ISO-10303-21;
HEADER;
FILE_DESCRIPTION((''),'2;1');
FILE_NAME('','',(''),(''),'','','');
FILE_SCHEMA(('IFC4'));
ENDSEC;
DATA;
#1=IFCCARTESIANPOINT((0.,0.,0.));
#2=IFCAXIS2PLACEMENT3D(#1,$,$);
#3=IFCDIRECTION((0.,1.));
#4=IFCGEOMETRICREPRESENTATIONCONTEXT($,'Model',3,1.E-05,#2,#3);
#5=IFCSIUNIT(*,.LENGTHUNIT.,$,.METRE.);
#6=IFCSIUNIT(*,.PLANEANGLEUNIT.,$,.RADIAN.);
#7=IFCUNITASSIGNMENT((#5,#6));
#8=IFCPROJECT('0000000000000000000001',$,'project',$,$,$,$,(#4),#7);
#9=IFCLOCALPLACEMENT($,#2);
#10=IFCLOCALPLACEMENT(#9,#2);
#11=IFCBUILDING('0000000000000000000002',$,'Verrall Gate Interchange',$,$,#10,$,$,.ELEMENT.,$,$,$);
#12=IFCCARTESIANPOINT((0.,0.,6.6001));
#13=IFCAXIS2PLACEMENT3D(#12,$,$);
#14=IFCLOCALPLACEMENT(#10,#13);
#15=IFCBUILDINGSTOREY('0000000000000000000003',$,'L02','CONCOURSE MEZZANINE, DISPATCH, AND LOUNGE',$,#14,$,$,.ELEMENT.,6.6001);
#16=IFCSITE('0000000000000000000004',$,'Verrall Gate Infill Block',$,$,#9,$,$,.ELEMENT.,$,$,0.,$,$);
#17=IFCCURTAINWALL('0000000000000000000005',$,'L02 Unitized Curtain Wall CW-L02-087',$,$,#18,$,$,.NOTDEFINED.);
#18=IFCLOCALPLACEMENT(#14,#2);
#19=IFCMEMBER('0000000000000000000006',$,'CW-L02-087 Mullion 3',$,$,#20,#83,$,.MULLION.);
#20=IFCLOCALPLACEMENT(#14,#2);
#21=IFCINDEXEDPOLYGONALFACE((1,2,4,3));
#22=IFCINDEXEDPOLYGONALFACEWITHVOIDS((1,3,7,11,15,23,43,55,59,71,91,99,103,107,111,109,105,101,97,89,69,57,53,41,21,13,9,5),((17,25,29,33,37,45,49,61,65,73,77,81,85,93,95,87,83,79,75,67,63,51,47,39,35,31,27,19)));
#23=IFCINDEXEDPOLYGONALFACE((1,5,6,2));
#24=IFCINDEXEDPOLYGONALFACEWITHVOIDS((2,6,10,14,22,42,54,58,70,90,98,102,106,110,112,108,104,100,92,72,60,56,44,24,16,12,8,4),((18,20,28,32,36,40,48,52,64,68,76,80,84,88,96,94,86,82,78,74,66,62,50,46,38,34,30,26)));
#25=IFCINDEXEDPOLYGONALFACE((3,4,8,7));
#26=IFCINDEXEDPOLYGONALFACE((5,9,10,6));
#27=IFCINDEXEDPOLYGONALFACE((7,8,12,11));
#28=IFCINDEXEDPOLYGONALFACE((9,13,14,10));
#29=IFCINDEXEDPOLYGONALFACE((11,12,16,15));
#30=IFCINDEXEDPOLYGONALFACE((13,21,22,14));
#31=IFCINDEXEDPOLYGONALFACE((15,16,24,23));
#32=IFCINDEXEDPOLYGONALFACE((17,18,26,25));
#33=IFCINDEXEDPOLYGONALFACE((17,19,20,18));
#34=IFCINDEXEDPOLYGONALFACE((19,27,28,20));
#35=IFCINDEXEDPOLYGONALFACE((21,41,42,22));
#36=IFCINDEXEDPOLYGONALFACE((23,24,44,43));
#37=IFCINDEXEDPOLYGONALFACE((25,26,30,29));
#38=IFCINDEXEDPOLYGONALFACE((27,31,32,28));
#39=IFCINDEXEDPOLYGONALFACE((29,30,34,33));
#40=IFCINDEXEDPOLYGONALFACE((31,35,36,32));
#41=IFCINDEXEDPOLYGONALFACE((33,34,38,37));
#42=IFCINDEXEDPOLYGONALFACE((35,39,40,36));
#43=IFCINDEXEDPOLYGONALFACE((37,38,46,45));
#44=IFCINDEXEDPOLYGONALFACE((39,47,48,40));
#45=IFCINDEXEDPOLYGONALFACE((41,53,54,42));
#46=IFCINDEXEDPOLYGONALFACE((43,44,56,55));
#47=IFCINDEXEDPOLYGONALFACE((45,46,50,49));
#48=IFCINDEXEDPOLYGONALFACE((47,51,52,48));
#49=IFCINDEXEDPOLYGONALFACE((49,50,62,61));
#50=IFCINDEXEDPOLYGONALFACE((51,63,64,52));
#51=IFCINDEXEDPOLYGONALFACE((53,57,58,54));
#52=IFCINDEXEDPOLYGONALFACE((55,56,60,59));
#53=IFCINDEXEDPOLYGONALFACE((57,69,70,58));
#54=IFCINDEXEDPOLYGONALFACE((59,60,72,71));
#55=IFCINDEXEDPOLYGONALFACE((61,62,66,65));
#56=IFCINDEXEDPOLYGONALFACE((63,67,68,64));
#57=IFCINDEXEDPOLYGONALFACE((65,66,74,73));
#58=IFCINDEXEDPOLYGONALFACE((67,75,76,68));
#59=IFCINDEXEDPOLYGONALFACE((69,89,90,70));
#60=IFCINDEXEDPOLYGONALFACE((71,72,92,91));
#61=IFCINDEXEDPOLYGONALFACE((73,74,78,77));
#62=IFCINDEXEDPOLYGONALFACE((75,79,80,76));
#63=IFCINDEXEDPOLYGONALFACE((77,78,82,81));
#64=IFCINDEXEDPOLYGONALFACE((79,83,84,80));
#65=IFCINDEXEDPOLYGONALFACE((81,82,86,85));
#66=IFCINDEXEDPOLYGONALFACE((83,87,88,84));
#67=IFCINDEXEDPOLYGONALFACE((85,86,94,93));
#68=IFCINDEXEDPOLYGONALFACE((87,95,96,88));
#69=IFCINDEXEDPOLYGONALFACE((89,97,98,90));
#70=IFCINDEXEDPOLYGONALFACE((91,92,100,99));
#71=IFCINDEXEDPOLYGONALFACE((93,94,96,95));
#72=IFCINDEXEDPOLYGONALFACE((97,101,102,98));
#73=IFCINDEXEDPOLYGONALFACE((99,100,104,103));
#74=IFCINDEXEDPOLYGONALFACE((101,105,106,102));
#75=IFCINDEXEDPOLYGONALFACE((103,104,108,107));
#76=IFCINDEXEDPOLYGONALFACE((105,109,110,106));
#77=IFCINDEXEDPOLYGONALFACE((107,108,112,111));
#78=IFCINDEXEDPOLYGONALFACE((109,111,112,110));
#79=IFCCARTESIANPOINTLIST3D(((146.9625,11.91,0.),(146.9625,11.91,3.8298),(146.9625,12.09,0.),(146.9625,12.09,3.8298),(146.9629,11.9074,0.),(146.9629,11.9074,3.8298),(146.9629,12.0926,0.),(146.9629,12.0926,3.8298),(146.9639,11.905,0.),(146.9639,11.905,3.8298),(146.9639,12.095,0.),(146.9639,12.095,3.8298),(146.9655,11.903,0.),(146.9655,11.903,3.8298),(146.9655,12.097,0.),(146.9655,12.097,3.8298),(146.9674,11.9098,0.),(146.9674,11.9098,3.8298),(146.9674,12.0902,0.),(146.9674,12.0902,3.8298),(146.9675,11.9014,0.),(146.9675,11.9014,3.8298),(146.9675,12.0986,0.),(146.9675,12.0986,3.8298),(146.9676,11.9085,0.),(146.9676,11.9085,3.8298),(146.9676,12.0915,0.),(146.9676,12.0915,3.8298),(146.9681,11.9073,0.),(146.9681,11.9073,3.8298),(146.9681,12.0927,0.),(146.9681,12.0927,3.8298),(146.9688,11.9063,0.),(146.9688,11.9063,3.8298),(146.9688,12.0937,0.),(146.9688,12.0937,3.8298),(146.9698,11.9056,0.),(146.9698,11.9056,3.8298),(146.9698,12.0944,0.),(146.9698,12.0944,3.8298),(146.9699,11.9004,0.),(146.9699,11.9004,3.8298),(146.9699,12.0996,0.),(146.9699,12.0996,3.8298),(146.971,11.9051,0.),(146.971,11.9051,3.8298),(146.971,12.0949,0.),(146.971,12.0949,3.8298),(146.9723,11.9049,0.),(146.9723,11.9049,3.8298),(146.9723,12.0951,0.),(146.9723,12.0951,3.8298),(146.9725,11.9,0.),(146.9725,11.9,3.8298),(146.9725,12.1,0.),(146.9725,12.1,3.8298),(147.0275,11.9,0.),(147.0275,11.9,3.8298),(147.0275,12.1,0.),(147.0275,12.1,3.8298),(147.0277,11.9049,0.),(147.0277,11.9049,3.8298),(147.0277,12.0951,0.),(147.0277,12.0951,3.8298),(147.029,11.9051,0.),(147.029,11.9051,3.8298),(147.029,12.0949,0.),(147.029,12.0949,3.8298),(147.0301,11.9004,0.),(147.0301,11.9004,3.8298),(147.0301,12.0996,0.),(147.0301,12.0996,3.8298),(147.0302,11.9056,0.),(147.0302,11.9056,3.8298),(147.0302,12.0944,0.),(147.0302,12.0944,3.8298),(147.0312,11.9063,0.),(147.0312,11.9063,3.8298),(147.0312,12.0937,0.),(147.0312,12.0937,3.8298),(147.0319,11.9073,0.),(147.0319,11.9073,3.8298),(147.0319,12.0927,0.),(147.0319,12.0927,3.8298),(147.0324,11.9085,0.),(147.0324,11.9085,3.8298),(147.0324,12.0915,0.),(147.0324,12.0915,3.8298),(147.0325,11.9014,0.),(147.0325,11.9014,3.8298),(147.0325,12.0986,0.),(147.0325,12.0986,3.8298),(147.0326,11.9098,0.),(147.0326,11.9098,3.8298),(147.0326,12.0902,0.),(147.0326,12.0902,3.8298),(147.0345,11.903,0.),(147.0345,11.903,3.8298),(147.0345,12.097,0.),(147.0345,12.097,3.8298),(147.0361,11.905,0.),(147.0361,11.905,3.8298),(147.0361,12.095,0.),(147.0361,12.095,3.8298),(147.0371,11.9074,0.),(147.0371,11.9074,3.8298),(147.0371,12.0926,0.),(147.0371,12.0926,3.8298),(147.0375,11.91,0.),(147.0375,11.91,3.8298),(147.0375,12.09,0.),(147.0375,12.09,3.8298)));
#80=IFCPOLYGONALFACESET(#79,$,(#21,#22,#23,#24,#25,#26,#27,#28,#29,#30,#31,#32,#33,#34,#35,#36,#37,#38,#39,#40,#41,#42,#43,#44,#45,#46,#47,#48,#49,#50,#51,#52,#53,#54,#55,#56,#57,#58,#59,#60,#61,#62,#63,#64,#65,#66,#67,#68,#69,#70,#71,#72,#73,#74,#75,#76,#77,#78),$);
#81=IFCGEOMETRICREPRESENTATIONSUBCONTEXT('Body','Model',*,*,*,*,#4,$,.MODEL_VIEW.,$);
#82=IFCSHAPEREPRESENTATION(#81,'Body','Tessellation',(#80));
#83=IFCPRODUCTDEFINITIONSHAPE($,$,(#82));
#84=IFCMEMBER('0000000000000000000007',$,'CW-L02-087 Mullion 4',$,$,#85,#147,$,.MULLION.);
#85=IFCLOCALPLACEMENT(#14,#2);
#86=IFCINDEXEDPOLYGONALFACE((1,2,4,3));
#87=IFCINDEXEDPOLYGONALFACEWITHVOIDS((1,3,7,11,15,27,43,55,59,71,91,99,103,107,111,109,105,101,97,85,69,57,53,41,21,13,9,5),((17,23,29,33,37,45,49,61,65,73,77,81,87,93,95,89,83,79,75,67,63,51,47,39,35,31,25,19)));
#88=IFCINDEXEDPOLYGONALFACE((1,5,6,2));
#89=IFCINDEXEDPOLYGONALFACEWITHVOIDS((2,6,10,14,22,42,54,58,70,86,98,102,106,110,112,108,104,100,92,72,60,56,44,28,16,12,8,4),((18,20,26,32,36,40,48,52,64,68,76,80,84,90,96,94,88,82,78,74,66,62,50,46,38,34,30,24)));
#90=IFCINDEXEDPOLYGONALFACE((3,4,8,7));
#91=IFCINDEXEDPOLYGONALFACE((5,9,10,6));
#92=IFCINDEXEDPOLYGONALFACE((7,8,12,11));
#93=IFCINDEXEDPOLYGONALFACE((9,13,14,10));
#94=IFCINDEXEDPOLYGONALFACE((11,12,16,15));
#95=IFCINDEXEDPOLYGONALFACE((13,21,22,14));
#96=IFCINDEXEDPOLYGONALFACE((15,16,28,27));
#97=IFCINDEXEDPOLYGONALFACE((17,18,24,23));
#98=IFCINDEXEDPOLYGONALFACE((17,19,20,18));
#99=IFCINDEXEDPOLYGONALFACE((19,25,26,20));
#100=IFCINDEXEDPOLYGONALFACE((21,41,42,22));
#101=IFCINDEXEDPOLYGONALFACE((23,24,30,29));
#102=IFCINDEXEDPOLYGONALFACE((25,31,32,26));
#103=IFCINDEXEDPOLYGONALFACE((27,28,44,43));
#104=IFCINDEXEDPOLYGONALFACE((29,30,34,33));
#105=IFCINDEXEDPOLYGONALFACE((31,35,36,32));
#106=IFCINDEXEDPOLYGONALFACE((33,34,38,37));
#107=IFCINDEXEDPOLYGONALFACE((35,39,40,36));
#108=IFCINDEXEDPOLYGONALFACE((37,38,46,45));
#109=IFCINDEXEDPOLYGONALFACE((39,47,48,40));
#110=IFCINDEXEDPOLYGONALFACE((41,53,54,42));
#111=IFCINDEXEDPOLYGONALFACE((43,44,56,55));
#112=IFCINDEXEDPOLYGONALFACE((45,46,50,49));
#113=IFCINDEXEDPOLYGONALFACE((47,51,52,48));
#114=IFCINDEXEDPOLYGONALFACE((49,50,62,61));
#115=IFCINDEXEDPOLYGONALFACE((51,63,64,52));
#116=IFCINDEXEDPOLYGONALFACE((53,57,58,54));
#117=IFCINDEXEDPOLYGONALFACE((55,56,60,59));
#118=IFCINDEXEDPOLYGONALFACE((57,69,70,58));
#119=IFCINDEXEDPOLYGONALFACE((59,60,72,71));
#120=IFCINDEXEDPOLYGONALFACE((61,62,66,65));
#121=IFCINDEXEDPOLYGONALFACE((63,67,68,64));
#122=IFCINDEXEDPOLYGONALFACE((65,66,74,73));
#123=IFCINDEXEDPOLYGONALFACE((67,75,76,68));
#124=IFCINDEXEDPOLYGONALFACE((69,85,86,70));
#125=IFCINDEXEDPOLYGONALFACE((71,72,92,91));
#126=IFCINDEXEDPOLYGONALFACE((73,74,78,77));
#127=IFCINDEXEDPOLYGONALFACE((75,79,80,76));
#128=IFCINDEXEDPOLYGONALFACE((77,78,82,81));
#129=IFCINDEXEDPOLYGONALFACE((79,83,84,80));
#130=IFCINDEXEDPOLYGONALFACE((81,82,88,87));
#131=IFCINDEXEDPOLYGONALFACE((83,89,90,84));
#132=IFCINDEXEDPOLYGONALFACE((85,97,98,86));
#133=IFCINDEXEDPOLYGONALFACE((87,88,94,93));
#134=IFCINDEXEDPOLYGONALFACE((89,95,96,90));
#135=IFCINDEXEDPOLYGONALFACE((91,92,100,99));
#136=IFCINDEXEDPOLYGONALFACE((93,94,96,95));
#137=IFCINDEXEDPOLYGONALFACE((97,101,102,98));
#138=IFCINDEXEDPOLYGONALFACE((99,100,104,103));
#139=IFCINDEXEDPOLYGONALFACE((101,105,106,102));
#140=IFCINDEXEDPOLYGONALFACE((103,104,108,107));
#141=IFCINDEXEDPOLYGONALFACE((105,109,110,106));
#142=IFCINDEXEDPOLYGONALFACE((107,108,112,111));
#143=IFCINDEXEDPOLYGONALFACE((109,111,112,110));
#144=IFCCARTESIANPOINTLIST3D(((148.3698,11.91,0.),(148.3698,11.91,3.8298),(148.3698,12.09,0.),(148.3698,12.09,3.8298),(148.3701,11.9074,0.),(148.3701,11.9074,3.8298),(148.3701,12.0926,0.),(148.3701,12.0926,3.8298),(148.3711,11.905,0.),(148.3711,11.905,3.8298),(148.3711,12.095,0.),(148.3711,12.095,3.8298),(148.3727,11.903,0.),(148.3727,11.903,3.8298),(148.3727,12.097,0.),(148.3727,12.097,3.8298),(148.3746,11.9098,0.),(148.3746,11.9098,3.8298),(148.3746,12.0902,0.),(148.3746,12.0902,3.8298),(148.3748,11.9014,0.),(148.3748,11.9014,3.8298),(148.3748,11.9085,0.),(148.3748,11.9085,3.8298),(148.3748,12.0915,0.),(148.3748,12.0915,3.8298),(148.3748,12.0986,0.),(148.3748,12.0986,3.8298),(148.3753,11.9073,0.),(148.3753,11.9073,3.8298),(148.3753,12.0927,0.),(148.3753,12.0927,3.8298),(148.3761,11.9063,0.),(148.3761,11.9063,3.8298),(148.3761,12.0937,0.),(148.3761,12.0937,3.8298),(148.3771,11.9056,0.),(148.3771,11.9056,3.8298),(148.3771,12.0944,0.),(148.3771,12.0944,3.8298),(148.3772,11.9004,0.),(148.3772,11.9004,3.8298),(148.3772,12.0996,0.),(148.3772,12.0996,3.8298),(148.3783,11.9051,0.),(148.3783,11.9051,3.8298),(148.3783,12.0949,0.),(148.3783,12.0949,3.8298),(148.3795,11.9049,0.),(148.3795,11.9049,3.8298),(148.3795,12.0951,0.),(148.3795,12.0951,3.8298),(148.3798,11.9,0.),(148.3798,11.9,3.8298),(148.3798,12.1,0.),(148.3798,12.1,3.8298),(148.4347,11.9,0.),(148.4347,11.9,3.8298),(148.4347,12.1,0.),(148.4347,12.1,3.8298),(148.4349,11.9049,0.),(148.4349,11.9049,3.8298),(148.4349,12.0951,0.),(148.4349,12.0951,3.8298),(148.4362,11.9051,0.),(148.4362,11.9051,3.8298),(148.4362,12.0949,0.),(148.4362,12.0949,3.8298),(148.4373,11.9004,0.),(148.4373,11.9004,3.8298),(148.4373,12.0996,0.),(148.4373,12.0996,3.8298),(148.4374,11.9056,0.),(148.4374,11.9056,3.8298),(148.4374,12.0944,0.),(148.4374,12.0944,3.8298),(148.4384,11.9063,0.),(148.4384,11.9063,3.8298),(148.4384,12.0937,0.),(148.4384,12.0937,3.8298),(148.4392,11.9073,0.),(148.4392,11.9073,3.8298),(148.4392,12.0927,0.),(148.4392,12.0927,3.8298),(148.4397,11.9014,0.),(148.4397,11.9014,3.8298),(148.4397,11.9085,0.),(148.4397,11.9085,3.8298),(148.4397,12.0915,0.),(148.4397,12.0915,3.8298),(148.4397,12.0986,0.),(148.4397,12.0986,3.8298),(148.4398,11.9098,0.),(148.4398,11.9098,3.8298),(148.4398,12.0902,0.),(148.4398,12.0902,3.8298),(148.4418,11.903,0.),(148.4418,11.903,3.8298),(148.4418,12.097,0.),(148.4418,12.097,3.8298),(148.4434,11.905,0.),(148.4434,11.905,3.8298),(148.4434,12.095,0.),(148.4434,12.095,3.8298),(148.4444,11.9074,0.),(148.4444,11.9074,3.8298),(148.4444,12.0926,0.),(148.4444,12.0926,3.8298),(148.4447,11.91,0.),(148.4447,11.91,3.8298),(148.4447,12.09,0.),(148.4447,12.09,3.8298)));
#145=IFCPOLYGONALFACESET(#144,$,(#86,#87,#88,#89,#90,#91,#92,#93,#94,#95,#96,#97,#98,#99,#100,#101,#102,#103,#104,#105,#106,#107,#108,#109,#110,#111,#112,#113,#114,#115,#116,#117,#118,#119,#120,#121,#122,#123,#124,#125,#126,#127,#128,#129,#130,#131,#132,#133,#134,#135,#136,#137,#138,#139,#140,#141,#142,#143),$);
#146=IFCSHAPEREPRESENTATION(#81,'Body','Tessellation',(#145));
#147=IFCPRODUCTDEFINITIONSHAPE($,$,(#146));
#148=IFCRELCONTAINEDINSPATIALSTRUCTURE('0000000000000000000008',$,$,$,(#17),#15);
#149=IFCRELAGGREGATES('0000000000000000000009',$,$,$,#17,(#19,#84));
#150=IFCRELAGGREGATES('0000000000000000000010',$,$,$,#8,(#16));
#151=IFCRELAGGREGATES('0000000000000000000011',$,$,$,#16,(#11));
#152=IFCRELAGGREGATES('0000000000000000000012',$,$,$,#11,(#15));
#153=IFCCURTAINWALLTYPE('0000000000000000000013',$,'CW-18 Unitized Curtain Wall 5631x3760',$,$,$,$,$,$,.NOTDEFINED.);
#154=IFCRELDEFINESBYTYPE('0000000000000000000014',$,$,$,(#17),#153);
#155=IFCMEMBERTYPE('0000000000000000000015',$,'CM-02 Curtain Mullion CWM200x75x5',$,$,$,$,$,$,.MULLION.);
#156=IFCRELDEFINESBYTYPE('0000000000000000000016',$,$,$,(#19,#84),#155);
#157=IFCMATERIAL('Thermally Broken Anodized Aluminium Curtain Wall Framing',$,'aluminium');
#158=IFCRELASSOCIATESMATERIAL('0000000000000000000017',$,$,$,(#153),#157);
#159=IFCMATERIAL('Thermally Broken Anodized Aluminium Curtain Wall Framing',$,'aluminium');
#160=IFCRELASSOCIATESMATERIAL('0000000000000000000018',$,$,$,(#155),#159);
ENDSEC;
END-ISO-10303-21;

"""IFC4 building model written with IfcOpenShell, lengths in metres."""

from ifc_helpers import new_model, si_unit, direction, frame, origin, origin_2d, place, context, subcontext, project, spatial, hollow_rectangle, extrude, material, material_profile, profile_set, type_object, element, aggregate, save


model = new_model("IFC4")

# Units and contexts
model_context = context("Model", 3, precision=1e-05, world=origin(), true_north=direction((0.0, 1.0)))
body_context = subcontext(model_context, "Body", "Model", "MODEL_VIEW")
ifc_project = project(units=[si_unit("LENGTHUNIT", "METRE"), si_unit("PLANEANGLEUNIT", "RADIAN")], contexts=[model_context])

# Site, building, storey
site_placement = place(None, origin())
site = spatial("IfcSite", under=ifc_project, at=site_placement, Name="Verrall Gate Infill Block", CompositionType="ELEMENT", RefElevation=0.0)
building_placement = place(site_placement, origin())
building = spatial("IfcBuilding", under=site, at=building_placement, Name="Verrall Gate Interchange", CompositionType="ELEMENT")
storey_placement = place(building_placement, frame((0.0, 0.0, 6.6001)))
storey = spatial("IfcBuildingStorey", under=building, at=storey_placement, Name="L02", Description="CONCOURSE MEZZANINE, DISPATCH, AND LOUNGE", CompositionType="ELEMENT", Elevation=6.6001)

# Curtain wall, members
ifc_material_1 = material(Name="Thermally Broken Anodized Aluminium Curtain Wall Framing", Category="aluminium")
curtain_wall_type = type_object("IfcCurtainWallType", Name="CW-18 Unitized Curtain Wall 5631x3760", PredefinedType="NOTDEFINED", material=ifc_material_1)
curtain_wall_1_placement = place(storey_placement, origin())
curtain_wall_1 = element("IfcCurtainWall", 1, at=curtain_wall_1_placement, inside=storey, type_object=curtain_wall_type, Name="L02 Unitized Curtain Wall CW-L02-087", PredefinedType="NOTDEFINED")
ifc_material_2 = material(Name="Thermally Broken Anodized Aluminium Curtain Wall Framing", Category="aluminium")
ifc_material_profile_1 = material_profile(ifc_material_2, hollow_rectangle(XDim=0.075, YDim=0.2, WallThickness=0.0049, InnerFilletRadius=0.0049, OuterFilletRadius=0.01, at=origin_2d()), Name="CWM200x75x5")
ifc_profile_set_1 = profile_set([ifc_material_profile_1], Name="Thermally Broken Anodized Aluminium Curtain Wall Framing")
member_type_1 = type_object("IfcMemberType", Name="CM-02 Curtain Mullion CWM200x75x5", PredefinedType="MULLION", material=ifc_profile_set_1)
member_1_placement = place(storey_placement, frame((147.0, 12.0, 0.0), z_axis=(0.0, 0.0, 1.0), x_axis=(1.0, 0.0, 0.0)))
member_1 = element("IfcMember", 2, at=member_1_placement, type_object=member_type_1, Name="CW-L02-087 Mullion 3", PredefinedType="MULLION", context=body_context, shape_type="SweptSolid", body=[
    extrude(hollow_rectangle(XDim=0.075, YDim=0.2, WallThickness=0.0049, InnerFilletRadius=0.0049, OuterFilletRadius=0.01, at=origin_2d()), origin(), (0.0, 0.0, 1.0), 3.8298),
])
member_2_placement = place(storey_placement, frame((148.4072, 12.0, 0.0), z_axis=(0.0, 0.0, 1.0), x_axis=(1.0, 0.0, 0.0)))
member_2 = element("IfcMember", 3, at=member_2_placement, type_object=member_type_1, Name="CW-L02-087 Mullion 4", PredefinedType="MULLION", context=body_context, shape_type="SweptSolid", body=[
    extrude(hollow_rectangle(XDim=0.075, YDim=0.2, WallThickness=0.0049, InnerFilletRadius=0.0049, OuterFilletRadius=0.01, at=origin_2d()), origin(), (0.0, 0.0, 1.0), 3.8298),
])

aggregate(curtain_wall_1, [member_1, member_2])

save(model, "model.ifc")
